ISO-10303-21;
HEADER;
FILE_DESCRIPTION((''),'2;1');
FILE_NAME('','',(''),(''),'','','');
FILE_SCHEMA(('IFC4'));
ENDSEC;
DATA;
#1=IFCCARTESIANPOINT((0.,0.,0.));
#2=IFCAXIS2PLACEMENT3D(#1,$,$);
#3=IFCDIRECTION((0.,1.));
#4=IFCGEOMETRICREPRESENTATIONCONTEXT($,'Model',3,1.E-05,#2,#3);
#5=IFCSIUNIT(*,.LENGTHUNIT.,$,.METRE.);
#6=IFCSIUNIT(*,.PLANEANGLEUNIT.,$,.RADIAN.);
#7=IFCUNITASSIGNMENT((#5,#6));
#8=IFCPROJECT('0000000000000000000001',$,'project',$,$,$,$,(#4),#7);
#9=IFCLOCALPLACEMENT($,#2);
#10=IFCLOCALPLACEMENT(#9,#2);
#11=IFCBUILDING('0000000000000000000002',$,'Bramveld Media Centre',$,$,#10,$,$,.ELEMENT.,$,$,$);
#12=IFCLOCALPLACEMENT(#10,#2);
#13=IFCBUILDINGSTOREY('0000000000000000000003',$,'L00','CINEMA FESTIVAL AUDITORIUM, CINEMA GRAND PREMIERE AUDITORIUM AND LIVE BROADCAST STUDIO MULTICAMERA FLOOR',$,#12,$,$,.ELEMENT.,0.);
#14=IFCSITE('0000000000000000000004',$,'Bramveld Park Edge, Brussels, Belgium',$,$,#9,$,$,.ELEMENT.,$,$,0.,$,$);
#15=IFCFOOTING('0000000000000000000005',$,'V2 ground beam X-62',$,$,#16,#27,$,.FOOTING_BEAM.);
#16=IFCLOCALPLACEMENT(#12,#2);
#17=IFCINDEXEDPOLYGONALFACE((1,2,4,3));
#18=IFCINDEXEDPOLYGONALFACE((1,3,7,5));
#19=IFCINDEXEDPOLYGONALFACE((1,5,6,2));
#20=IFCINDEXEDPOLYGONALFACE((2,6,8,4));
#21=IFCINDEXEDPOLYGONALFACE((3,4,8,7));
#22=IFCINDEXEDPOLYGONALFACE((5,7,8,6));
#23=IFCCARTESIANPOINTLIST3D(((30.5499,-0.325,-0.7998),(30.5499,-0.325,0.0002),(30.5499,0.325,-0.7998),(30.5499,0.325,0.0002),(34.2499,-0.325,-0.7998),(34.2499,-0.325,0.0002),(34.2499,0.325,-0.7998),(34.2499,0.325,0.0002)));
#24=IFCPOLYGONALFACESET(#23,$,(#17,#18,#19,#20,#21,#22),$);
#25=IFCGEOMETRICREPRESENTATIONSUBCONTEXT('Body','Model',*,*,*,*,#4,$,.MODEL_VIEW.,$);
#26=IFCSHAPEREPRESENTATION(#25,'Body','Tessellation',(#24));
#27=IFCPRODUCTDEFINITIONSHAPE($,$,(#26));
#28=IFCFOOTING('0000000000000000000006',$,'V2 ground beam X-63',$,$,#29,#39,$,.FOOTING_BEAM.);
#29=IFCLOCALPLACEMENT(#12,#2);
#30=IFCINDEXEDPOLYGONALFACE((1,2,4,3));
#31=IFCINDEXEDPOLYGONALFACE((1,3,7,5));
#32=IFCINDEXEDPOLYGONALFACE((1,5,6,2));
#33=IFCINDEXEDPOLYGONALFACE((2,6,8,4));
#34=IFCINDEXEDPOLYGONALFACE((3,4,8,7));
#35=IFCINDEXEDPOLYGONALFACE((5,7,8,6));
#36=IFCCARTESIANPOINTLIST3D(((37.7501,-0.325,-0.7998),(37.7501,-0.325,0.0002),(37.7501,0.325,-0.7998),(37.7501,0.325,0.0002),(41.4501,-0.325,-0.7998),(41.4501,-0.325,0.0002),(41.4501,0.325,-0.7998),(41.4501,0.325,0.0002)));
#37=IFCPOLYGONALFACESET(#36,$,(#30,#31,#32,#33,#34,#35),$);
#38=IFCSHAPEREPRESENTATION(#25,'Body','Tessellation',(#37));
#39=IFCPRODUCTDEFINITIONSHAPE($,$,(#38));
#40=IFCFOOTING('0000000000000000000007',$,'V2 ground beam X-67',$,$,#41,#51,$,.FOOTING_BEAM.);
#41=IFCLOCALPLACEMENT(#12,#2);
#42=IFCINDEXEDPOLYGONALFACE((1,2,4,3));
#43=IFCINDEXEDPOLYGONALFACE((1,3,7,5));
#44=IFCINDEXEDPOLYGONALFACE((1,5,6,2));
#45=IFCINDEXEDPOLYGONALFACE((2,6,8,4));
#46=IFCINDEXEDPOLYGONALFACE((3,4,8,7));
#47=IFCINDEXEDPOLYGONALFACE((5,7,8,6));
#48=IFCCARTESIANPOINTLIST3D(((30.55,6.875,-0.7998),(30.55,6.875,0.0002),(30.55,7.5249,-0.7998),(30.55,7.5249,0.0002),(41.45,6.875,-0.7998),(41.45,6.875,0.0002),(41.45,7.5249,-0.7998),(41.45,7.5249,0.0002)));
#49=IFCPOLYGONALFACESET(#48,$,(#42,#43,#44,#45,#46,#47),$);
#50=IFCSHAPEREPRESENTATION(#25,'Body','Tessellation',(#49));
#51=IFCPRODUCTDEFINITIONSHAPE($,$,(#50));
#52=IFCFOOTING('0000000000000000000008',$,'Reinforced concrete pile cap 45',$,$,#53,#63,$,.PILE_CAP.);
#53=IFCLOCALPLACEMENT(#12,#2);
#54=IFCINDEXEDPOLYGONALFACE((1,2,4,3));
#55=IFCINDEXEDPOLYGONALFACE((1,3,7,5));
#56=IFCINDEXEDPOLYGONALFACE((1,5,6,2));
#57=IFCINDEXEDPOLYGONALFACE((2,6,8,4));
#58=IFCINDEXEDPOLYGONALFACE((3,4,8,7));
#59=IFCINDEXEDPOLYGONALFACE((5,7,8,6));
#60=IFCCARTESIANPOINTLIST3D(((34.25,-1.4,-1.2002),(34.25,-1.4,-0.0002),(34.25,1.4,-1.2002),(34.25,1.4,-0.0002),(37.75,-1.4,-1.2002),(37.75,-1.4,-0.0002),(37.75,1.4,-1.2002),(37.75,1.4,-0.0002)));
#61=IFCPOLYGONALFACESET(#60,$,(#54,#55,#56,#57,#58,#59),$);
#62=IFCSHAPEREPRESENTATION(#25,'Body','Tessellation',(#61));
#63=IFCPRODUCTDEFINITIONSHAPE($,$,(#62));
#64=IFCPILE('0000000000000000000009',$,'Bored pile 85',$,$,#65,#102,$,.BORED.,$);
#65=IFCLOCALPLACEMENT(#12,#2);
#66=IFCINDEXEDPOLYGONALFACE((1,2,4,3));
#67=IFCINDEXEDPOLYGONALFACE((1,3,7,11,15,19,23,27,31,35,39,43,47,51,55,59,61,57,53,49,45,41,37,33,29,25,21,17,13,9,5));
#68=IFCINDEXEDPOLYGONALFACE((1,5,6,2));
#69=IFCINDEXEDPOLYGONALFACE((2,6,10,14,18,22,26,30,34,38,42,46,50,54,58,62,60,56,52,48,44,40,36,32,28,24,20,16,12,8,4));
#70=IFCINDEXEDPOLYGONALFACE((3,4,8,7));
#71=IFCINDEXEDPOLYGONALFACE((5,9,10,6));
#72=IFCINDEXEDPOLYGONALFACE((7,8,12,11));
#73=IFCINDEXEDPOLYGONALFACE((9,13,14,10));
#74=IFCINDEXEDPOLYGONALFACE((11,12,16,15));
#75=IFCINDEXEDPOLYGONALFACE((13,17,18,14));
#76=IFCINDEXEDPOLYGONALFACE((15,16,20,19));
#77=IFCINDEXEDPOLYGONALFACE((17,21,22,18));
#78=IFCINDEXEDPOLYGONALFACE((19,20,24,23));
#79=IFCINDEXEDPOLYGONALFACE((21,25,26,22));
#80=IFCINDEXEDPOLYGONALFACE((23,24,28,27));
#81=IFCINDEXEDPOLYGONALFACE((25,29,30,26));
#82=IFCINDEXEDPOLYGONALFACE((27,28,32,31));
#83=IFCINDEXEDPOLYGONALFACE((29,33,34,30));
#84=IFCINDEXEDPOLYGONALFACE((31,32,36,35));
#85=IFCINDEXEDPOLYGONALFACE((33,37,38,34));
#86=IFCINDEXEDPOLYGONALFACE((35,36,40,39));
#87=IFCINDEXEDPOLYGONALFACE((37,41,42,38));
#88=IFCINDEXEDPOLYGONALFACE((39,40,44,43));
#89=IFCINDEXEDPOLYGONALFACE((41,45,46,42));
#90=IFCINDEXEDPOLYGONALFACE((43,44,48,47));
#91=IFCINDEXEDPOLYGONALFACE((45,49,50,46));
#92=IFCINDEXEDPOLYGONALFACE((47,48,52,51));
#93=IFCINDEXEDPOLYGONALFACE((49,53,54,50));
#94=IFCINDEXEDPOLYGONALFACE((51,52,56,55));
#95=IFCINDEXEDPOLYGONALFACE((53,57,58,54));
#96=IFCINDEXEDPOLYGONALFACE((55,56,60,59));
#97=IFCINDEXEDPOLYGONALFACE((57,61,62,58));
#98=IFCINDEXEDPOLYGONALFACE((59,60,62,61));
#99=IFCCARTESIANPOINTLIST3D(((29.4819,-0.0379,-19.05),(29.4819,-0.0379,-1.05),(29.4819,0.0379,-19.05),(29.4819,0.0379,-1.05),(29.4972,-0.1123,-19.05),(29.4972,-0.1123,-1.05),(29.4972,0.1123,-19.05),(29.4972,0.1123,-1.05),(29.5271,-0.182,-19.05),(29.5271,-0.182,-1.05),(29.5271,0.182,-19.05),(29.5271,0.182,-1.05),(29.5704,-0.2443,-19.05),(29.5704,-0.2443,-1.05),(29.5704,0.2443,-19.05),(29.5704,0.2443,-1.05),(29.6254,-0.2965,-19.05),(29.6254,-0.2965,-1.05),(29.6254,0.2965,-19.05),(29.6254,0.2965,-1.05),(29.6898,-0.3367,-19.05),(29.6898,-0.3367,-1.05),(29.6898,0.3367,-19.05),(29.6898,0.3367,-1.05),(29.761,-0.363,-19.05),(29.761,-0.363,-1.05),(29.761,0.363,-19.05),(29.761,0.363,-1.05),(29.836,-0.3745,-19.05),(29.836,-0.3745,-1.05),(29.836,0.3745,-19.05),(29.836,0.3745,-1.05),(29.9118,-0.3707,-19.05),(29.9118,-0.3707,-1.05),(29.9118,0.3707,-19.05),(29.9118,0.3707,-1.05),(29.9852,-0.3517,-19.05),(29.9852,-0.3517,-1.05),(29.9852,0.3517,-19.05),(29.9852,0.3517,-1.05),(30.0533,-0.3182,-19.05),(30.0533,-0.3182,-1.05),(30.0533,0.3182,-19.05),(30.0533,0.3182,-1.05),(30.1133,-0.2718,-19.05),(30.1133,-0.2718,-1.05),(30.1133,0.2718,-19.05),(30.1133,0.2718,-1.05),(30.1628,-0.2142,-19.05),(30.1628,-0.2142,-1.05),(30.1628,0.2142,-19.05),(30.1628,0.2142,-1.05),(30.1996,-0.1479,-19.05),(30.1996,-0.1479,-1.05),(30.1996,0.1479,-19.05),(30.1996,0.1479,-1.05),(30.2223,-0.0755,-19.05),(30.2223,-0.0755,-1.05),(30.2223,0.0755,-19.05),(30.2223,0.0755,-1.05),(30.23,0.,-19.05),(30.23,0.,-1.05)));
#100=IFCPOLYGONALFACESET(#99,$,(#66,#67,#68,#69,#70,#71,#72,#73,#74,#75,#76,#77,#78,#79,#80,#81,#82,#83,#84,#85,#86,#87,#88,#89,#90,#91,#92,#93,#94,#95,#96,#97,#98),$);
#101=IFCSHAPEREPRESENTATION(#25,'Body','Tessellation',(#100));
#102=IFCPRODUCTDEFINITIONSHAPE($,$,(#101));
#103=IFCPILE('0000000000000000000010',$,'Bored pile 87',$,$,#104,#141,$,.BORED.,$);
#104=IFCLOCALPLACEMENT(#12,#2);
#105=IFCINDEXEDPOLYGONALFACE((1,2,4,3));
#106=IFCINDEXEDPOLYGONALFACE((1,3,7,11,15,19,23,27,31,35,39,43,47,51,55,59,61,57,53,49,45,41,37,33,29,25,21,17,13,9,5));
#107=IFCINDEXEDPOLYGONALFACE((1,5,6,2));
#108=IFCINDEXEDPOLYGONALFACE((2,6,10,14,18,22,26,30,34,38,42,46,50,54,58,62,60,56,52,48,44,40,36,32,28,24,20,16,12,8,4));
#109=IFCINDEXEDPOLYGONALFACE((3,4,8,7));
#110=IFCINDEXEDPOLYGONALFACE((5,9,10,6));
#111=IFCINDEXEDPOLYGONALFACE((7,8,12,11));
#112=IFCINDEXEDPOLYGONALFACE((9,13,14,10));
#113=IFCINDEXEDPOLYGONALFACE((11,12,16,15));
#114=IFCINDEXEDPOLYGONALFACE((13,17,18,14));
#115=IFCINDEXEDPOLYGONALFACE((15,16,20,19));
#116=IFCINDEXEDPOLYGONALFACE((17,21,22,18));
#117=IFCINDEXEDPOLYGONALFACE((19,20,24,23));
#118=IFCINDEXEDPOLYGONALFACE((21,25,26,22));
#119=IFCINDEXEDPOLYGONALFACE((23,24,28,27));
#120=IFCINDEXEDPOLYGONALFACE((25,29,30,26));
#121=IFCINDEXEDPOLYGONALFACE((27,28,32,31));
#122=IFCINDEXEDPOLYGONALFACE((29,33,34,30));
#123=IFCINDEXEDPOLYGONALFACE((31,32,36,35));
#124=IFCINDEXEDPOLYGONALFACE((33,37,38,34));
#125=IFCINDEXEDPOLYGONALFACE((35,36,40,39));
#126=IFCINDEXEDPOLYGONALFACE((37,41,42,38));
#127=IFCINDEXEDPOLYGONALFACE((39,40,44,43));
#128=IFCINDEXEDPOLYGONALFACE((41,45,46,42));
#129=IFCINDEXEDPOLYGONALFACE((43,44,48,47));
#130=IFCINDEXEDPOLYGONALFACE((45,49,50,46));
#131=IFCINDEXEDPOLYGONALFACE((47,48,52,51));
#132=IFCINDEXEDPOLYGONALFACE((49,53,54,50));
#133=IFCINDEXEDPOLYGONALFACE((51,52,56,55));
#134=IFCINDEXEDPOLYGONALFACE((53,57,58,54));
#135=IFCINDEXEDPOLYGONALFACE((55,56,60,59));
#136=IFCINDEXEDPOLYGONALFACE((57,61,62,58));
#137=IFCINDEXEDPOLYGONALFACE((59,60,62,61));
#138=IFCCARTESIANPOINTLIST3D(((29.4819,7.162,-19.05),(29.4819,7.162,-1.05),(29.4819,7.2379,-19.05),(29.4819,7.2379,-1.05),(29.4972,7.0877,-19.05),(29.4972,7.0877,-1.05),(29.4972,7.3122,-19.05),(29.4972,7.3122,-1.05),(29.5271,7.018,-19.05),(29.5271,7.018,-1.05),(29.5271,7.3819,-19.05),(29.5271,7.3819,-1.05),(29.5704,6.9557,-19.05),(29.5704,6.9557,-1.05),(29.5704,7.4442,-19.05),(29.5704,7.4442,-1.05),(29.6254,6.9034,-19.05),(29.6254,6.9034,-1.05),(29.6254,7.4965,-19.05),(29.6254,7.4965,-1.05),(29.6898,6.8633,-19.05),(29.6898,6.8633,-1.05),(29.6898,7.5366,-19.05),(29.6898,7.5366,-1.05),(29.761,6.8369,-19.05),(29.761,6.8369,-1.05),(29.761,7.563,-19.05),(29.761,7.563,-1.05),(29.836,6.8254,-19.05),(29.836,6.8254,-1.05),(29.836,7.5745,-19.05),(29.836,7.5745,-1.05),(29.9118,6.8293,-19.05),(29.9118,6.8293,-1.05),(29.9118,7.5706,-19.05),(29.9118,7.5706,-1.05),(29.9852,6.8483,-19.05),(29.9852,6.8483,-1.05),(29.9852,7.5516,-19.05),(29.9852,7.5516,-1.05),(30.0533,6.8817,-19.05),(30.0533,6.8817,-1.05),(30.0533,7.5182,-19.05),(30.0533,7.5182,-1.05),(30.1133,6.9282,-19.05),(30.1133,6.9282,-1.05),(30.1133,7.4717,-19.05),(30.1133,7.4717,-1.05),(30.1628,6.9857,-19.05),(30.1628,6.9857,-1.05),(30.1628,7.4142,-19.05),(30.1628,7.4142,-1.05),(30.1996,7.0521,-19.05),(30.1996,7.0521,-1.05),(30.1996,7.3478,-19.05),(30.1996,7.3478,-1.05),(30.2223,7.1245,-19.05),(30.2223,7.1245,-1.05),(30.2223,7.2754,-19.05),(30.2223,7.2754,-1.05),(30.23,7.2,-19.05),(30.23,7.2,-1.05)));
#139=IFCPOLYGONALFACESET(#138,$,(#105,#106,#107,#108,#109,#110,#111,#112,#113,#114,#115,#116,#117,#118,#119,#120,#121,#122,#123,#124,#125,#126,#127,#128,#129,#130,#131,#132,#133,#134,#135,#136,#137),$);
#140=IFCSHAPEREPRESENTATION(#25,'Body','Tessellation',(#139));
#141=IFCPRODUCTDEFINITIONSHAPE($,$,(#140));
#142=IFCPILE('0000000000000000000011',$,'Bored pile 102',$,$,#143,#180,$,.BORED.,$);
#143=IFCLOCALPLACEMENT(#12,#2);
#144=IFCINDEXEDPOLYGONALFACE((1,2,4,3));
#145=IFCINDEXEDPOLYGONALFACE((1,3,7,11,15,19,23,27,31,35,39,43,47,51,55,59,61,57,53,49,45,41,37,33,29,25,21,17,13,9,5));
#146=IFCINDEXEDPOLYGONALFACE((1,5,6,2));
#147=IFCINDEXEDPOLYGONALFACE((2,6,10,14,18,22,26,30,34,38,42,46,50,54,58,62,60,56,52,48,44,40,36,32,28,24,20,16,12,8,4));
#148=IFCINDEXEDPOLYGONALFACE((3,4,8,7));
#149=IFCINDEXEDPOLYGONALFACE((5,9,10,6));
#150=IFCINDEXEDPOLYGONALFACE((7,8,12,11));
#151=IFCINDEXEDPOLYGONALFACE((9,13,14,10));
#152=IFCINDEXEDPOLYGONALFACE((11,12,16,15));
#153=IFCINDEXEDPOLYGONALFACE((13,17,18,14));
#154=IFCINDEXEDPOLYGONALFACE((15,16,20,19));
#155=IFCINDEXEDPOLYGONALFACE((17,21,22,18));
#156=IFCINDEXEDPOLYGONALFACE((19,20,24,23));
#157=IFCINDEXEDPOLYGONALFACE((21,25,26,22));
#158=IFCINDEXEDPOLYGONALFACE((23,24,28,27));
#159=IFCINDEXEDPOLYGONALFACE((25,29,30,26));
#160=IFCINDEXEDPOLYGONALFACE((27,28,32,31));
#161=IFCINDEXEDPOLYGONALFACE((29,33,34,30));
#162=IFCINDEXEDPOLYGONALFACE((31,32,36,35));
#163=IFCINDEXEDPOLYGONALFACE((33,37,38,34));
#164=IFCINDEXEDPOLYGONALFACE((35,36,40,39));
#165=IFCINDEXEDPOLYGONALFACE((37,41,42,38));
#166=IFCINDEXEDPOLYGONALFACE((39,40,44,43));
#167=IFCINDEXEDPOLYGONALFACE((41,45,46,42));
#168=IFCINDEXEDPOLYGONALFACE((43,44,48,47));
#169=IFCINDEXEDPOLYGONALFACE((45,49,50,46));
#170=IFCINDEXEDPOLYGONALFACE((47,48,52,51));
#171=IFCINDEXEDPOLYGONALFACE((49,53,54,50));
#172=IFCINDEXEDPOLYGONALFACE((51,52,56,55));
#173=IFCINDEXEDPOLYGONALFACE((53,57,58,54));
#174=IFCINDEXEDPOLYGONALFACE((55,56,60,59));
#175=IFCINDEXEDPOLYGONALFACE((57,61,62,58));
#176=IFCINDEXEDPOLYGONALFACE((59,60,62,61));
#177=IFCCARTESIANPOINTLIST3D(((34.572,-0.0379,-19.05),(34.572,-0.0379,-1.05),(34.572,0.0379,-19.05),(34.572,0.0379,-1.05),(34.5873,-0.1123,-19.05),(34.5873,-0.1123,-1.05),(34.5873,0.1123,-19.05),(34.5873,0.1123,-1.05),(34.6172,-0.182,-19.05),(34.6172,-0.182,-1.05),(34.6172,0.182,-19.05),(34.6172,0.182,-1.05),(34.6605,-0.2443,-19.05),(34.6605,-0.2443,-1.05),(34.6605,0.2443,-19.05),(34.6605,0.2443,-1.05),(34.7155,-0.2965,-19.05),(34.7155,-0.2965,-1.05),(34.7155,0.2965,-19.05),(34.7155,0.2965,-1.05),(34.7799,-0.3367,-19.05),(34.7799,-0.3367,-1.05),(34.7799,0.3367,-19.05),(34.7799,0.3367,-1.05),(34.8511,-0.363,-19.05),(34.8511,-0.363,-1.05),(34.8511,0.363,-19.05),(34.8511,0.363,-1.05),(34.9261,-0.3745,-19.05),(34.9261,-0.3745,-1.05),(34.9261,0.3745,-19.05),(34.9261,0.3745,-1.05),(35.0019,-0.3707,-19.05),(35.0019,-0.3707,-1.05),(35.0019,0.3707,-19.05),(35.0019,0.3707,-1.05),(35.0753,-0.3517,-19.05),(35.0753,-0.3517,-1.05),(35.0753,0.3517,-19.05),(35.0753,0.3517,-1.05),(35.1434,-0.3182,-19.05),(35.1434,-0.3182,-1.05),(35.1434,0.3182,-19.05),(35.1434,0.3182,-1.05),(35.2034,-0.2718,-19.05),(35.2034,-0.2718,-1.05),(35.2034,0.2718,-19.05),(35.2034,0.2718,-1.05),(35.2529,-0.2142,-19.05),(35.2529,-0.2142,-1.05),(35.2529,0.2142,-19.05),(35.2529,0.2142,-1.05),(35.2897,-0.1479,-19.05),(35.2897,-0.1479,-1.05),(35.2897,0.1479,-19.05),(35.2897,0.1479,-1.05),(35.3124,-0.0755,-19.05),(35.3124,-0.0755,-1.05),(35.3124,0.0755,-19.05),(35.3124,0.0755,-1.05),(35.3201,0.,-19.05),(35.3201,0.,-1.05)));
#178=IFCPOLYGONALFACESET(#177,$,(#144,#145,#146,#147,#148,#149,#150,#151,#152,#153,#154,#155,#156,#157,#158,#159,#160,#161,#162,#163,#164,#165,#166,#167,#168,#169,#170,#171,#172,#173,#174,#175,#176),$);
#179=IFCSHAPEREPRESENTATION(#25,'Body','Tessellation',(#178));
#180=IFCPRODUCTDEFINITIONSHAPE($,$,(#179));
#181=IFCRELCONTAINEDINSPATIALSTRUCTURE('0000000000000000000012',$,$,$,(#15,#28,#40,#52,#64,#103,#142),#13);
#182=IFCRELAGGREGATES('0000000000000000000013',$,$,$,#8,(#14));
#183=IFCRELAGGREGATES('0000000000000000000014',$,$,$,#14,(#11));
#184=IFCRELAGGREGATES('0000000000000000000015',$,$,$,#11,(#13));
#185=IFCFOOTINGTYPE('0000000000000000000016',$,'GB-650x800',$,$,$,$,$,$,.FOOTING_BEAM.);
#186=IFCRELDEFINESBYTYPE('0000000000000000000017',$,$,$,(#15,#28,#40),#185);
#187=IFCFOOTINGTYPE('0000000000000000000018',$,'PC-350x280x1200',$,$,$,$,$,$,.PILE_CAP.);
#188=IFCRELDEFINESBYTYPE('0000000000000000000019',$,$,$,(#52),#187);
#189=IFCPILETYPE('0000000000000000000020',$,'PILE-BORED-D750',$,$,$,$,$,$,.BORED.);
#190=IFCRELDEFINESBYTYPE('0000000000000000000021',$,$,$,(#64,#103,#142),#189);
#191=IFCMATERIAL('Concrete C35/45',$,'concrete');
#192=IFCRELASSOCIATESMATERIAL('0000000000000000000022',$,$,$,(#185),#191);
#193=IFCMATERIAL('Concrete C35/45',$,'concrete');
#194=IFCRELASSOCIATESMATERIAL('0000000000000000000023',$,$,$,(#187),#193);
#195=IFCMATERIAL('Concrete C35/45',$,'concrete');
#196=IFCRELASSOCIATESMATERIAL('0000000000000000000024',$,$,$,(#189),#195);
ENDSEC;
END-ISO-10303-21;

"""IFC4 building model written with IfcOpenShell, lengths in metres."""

from ifc_helpers import new_model, si_unit, direction, frame, origin, origin_2d, place, context, subcontext, project, spatial, rectangle, circle, extrude, material, material_profile, profile_set, type_object, element, save


model = new_model("IFC4")

# Units and contexts
model_context = context("Model", 3, precision=1e-05, world=origin(), true_north=direction((0.0, 1.0)))
body_context = subcontext(model_context, "Body", "Model", "MODEL_VIEW")
ifc_project = project(units=[si_unit("LENGTHUNIT", "METRE"), si_unit("PLANEANGLEUNIT", "RADIAN")], contexts=[model_context])

# Site, building, storey
site_placement = place(None, origin())
site = spatial("IfcSite", under=ifc_project, at=site_placement, Name="Bramveld Park Edge, Brussels, Belgium", CompositionType="ELEMENT", RefElevation=0.0)
building_placement = place(site_placement, origin())
building = spatial("IfcBuilding", under=site, at=building_placement, Name="Bramveld Media Centre", CompositionType="ELEMENT")
storey_placement = place(building_placement, origin())
storey = spatial("IfcBuildingStorey", under=building, at=storey_placement, Name="L00", Description="CINEMA FESTIVAL AUDITORIUM, CINEMA GRAND PREMIERE AUDITORIUM AND LIVE BROADCAST STUDIO MULTICAMERA FLOOR", CompositionType="ELEMENT", Elevation=0.0)

# Footings
ifc_material_1 = material(Name="Concrete C35/45", Category="concrete")
footing_type_1 = type_object("IfcFootingType", Name="GB-650x800", PredefinedType="FOOTING_BEAM", material=ifc_material_1)
for number, where, z_axis, x_axis, name in (
    (1, (32.3999, 0.0, -0.7998), (0.0, 0.0, 1.0), (1.0, 0.0, 0.0), "V2 ground beam X-62"),
    (2, (39.6001, 0.0, -0.7998), (0.0, 0.0, 1.0), (1.0, 0.0, 0.0), "V2 ground beam X-63"),
):
    element("IfcFooting", number, at=place(storey_placement, frame(where, z_axis=z_axis, x_axis=x_axis)), inside=storey, type_object=footing_type_1, Name=name, PredefinedType="FOOTING_BEAM", context=body_context, shape_type="SweptSolid", body=[
        extrude(rectangle(XDim=3.7, YDim=0.6499, at=origin_2d()), origin(), (0.0, 0.0, 1.0), 0.8),
    ])
footing_1_placement = place(storey_placement, frame((36.0, 7.2, -0.7998), z_axis=(0.0, 0.0, 1.0), x_axis=(1.0, 0.0, 0.0)))
element("IfcFooting", 3, at=footing_1_placement, inside=storey, type_object=footing_type_1, Name="V2 ground beam X-67", PredefinedType="FOOTING_BEAM", context=body_context, shape_type="SweptSolid", body=[
    extrude(rectangle(XDim=10.8999, YDim=0.6499, at=origin_2d()), origin(), (0.0, 0.0, 1.0), 0.8),
])
ifc_material_2 = material(Name="Concrete C35/45", Category="concrete")
footing_type_2 = type_object("IfcFootingType", Name="PC-350x280x1200", PredefinedType="PILE_CAP", material=ifc_material_2)
footing_2_placement = place(storey_placement, frame((36.0, 0.0, -1.2002), z_axis=(0.0, 0.0, 1.0), x_axis=(1.0, 0.0, 0.0)))
element("IfcFooting", 4, at=footing_2_placement, inside=storey, type_object=footing_type_2, Name="Reinforced concrete pile cap 45", PredefinedType="PILE_CAP", context=body_context, shape_type="SweptSolid", body=[
    extrude(rectangle(XDim=3.5, YDim=2.8, at=origin_2d()), origin(), (0.0, 0.0, 1.0), 1.2),
])

# Piles
ifc_material_3 = material(Name="Concrete C35/45", Category="concrete")
ifc_material_profile_1 = material_profile(ifc_material_3, circle(Radius=0.375, at=origin_2d()), Name="BORED D750")
ifc_profile_set_1 = profile_set([ifc_material_profile_1], Name="Concrete C35/45")
pile_type = type_object("IfcPileType", Name="PILE-BORED-D750", PredefinedType="BORED", material=ifc_profile_set_1)
for number, where, z_axis, x_axis, name in (
    (5, (29.855, 0.0, -1.05), (0.0, 0.0, -1.0), (1.0, 0.0, 0.0), "Bored pile 85"),
    (6, (29.855, 7.2, -1.05), (0.0, 0.0, -1.0), (1.0, 0.0, 0.0), "Bored pile 87"),
    (7, (34.9451, 0.0, -1.05), (0.0, 0.0, -1.0), (1.0, 0.0, 0.0), "Bored pile 102"),
):
    element("IfcPile", number, at=place(storey_placement, frame(where, z_axis=z_axis, x_axis=x_axis)), inside=storey, type_object=pile_type, Name=name, PredefinedType="BORED", context=body_context, shape_type="SweptSolid", body=[
        extrude(circle(Radius=0.375, at=origin_2d()), origin(), (0.0, 0.0, 1.0), 18.0),
    ])

save(model, "model.ifc")
